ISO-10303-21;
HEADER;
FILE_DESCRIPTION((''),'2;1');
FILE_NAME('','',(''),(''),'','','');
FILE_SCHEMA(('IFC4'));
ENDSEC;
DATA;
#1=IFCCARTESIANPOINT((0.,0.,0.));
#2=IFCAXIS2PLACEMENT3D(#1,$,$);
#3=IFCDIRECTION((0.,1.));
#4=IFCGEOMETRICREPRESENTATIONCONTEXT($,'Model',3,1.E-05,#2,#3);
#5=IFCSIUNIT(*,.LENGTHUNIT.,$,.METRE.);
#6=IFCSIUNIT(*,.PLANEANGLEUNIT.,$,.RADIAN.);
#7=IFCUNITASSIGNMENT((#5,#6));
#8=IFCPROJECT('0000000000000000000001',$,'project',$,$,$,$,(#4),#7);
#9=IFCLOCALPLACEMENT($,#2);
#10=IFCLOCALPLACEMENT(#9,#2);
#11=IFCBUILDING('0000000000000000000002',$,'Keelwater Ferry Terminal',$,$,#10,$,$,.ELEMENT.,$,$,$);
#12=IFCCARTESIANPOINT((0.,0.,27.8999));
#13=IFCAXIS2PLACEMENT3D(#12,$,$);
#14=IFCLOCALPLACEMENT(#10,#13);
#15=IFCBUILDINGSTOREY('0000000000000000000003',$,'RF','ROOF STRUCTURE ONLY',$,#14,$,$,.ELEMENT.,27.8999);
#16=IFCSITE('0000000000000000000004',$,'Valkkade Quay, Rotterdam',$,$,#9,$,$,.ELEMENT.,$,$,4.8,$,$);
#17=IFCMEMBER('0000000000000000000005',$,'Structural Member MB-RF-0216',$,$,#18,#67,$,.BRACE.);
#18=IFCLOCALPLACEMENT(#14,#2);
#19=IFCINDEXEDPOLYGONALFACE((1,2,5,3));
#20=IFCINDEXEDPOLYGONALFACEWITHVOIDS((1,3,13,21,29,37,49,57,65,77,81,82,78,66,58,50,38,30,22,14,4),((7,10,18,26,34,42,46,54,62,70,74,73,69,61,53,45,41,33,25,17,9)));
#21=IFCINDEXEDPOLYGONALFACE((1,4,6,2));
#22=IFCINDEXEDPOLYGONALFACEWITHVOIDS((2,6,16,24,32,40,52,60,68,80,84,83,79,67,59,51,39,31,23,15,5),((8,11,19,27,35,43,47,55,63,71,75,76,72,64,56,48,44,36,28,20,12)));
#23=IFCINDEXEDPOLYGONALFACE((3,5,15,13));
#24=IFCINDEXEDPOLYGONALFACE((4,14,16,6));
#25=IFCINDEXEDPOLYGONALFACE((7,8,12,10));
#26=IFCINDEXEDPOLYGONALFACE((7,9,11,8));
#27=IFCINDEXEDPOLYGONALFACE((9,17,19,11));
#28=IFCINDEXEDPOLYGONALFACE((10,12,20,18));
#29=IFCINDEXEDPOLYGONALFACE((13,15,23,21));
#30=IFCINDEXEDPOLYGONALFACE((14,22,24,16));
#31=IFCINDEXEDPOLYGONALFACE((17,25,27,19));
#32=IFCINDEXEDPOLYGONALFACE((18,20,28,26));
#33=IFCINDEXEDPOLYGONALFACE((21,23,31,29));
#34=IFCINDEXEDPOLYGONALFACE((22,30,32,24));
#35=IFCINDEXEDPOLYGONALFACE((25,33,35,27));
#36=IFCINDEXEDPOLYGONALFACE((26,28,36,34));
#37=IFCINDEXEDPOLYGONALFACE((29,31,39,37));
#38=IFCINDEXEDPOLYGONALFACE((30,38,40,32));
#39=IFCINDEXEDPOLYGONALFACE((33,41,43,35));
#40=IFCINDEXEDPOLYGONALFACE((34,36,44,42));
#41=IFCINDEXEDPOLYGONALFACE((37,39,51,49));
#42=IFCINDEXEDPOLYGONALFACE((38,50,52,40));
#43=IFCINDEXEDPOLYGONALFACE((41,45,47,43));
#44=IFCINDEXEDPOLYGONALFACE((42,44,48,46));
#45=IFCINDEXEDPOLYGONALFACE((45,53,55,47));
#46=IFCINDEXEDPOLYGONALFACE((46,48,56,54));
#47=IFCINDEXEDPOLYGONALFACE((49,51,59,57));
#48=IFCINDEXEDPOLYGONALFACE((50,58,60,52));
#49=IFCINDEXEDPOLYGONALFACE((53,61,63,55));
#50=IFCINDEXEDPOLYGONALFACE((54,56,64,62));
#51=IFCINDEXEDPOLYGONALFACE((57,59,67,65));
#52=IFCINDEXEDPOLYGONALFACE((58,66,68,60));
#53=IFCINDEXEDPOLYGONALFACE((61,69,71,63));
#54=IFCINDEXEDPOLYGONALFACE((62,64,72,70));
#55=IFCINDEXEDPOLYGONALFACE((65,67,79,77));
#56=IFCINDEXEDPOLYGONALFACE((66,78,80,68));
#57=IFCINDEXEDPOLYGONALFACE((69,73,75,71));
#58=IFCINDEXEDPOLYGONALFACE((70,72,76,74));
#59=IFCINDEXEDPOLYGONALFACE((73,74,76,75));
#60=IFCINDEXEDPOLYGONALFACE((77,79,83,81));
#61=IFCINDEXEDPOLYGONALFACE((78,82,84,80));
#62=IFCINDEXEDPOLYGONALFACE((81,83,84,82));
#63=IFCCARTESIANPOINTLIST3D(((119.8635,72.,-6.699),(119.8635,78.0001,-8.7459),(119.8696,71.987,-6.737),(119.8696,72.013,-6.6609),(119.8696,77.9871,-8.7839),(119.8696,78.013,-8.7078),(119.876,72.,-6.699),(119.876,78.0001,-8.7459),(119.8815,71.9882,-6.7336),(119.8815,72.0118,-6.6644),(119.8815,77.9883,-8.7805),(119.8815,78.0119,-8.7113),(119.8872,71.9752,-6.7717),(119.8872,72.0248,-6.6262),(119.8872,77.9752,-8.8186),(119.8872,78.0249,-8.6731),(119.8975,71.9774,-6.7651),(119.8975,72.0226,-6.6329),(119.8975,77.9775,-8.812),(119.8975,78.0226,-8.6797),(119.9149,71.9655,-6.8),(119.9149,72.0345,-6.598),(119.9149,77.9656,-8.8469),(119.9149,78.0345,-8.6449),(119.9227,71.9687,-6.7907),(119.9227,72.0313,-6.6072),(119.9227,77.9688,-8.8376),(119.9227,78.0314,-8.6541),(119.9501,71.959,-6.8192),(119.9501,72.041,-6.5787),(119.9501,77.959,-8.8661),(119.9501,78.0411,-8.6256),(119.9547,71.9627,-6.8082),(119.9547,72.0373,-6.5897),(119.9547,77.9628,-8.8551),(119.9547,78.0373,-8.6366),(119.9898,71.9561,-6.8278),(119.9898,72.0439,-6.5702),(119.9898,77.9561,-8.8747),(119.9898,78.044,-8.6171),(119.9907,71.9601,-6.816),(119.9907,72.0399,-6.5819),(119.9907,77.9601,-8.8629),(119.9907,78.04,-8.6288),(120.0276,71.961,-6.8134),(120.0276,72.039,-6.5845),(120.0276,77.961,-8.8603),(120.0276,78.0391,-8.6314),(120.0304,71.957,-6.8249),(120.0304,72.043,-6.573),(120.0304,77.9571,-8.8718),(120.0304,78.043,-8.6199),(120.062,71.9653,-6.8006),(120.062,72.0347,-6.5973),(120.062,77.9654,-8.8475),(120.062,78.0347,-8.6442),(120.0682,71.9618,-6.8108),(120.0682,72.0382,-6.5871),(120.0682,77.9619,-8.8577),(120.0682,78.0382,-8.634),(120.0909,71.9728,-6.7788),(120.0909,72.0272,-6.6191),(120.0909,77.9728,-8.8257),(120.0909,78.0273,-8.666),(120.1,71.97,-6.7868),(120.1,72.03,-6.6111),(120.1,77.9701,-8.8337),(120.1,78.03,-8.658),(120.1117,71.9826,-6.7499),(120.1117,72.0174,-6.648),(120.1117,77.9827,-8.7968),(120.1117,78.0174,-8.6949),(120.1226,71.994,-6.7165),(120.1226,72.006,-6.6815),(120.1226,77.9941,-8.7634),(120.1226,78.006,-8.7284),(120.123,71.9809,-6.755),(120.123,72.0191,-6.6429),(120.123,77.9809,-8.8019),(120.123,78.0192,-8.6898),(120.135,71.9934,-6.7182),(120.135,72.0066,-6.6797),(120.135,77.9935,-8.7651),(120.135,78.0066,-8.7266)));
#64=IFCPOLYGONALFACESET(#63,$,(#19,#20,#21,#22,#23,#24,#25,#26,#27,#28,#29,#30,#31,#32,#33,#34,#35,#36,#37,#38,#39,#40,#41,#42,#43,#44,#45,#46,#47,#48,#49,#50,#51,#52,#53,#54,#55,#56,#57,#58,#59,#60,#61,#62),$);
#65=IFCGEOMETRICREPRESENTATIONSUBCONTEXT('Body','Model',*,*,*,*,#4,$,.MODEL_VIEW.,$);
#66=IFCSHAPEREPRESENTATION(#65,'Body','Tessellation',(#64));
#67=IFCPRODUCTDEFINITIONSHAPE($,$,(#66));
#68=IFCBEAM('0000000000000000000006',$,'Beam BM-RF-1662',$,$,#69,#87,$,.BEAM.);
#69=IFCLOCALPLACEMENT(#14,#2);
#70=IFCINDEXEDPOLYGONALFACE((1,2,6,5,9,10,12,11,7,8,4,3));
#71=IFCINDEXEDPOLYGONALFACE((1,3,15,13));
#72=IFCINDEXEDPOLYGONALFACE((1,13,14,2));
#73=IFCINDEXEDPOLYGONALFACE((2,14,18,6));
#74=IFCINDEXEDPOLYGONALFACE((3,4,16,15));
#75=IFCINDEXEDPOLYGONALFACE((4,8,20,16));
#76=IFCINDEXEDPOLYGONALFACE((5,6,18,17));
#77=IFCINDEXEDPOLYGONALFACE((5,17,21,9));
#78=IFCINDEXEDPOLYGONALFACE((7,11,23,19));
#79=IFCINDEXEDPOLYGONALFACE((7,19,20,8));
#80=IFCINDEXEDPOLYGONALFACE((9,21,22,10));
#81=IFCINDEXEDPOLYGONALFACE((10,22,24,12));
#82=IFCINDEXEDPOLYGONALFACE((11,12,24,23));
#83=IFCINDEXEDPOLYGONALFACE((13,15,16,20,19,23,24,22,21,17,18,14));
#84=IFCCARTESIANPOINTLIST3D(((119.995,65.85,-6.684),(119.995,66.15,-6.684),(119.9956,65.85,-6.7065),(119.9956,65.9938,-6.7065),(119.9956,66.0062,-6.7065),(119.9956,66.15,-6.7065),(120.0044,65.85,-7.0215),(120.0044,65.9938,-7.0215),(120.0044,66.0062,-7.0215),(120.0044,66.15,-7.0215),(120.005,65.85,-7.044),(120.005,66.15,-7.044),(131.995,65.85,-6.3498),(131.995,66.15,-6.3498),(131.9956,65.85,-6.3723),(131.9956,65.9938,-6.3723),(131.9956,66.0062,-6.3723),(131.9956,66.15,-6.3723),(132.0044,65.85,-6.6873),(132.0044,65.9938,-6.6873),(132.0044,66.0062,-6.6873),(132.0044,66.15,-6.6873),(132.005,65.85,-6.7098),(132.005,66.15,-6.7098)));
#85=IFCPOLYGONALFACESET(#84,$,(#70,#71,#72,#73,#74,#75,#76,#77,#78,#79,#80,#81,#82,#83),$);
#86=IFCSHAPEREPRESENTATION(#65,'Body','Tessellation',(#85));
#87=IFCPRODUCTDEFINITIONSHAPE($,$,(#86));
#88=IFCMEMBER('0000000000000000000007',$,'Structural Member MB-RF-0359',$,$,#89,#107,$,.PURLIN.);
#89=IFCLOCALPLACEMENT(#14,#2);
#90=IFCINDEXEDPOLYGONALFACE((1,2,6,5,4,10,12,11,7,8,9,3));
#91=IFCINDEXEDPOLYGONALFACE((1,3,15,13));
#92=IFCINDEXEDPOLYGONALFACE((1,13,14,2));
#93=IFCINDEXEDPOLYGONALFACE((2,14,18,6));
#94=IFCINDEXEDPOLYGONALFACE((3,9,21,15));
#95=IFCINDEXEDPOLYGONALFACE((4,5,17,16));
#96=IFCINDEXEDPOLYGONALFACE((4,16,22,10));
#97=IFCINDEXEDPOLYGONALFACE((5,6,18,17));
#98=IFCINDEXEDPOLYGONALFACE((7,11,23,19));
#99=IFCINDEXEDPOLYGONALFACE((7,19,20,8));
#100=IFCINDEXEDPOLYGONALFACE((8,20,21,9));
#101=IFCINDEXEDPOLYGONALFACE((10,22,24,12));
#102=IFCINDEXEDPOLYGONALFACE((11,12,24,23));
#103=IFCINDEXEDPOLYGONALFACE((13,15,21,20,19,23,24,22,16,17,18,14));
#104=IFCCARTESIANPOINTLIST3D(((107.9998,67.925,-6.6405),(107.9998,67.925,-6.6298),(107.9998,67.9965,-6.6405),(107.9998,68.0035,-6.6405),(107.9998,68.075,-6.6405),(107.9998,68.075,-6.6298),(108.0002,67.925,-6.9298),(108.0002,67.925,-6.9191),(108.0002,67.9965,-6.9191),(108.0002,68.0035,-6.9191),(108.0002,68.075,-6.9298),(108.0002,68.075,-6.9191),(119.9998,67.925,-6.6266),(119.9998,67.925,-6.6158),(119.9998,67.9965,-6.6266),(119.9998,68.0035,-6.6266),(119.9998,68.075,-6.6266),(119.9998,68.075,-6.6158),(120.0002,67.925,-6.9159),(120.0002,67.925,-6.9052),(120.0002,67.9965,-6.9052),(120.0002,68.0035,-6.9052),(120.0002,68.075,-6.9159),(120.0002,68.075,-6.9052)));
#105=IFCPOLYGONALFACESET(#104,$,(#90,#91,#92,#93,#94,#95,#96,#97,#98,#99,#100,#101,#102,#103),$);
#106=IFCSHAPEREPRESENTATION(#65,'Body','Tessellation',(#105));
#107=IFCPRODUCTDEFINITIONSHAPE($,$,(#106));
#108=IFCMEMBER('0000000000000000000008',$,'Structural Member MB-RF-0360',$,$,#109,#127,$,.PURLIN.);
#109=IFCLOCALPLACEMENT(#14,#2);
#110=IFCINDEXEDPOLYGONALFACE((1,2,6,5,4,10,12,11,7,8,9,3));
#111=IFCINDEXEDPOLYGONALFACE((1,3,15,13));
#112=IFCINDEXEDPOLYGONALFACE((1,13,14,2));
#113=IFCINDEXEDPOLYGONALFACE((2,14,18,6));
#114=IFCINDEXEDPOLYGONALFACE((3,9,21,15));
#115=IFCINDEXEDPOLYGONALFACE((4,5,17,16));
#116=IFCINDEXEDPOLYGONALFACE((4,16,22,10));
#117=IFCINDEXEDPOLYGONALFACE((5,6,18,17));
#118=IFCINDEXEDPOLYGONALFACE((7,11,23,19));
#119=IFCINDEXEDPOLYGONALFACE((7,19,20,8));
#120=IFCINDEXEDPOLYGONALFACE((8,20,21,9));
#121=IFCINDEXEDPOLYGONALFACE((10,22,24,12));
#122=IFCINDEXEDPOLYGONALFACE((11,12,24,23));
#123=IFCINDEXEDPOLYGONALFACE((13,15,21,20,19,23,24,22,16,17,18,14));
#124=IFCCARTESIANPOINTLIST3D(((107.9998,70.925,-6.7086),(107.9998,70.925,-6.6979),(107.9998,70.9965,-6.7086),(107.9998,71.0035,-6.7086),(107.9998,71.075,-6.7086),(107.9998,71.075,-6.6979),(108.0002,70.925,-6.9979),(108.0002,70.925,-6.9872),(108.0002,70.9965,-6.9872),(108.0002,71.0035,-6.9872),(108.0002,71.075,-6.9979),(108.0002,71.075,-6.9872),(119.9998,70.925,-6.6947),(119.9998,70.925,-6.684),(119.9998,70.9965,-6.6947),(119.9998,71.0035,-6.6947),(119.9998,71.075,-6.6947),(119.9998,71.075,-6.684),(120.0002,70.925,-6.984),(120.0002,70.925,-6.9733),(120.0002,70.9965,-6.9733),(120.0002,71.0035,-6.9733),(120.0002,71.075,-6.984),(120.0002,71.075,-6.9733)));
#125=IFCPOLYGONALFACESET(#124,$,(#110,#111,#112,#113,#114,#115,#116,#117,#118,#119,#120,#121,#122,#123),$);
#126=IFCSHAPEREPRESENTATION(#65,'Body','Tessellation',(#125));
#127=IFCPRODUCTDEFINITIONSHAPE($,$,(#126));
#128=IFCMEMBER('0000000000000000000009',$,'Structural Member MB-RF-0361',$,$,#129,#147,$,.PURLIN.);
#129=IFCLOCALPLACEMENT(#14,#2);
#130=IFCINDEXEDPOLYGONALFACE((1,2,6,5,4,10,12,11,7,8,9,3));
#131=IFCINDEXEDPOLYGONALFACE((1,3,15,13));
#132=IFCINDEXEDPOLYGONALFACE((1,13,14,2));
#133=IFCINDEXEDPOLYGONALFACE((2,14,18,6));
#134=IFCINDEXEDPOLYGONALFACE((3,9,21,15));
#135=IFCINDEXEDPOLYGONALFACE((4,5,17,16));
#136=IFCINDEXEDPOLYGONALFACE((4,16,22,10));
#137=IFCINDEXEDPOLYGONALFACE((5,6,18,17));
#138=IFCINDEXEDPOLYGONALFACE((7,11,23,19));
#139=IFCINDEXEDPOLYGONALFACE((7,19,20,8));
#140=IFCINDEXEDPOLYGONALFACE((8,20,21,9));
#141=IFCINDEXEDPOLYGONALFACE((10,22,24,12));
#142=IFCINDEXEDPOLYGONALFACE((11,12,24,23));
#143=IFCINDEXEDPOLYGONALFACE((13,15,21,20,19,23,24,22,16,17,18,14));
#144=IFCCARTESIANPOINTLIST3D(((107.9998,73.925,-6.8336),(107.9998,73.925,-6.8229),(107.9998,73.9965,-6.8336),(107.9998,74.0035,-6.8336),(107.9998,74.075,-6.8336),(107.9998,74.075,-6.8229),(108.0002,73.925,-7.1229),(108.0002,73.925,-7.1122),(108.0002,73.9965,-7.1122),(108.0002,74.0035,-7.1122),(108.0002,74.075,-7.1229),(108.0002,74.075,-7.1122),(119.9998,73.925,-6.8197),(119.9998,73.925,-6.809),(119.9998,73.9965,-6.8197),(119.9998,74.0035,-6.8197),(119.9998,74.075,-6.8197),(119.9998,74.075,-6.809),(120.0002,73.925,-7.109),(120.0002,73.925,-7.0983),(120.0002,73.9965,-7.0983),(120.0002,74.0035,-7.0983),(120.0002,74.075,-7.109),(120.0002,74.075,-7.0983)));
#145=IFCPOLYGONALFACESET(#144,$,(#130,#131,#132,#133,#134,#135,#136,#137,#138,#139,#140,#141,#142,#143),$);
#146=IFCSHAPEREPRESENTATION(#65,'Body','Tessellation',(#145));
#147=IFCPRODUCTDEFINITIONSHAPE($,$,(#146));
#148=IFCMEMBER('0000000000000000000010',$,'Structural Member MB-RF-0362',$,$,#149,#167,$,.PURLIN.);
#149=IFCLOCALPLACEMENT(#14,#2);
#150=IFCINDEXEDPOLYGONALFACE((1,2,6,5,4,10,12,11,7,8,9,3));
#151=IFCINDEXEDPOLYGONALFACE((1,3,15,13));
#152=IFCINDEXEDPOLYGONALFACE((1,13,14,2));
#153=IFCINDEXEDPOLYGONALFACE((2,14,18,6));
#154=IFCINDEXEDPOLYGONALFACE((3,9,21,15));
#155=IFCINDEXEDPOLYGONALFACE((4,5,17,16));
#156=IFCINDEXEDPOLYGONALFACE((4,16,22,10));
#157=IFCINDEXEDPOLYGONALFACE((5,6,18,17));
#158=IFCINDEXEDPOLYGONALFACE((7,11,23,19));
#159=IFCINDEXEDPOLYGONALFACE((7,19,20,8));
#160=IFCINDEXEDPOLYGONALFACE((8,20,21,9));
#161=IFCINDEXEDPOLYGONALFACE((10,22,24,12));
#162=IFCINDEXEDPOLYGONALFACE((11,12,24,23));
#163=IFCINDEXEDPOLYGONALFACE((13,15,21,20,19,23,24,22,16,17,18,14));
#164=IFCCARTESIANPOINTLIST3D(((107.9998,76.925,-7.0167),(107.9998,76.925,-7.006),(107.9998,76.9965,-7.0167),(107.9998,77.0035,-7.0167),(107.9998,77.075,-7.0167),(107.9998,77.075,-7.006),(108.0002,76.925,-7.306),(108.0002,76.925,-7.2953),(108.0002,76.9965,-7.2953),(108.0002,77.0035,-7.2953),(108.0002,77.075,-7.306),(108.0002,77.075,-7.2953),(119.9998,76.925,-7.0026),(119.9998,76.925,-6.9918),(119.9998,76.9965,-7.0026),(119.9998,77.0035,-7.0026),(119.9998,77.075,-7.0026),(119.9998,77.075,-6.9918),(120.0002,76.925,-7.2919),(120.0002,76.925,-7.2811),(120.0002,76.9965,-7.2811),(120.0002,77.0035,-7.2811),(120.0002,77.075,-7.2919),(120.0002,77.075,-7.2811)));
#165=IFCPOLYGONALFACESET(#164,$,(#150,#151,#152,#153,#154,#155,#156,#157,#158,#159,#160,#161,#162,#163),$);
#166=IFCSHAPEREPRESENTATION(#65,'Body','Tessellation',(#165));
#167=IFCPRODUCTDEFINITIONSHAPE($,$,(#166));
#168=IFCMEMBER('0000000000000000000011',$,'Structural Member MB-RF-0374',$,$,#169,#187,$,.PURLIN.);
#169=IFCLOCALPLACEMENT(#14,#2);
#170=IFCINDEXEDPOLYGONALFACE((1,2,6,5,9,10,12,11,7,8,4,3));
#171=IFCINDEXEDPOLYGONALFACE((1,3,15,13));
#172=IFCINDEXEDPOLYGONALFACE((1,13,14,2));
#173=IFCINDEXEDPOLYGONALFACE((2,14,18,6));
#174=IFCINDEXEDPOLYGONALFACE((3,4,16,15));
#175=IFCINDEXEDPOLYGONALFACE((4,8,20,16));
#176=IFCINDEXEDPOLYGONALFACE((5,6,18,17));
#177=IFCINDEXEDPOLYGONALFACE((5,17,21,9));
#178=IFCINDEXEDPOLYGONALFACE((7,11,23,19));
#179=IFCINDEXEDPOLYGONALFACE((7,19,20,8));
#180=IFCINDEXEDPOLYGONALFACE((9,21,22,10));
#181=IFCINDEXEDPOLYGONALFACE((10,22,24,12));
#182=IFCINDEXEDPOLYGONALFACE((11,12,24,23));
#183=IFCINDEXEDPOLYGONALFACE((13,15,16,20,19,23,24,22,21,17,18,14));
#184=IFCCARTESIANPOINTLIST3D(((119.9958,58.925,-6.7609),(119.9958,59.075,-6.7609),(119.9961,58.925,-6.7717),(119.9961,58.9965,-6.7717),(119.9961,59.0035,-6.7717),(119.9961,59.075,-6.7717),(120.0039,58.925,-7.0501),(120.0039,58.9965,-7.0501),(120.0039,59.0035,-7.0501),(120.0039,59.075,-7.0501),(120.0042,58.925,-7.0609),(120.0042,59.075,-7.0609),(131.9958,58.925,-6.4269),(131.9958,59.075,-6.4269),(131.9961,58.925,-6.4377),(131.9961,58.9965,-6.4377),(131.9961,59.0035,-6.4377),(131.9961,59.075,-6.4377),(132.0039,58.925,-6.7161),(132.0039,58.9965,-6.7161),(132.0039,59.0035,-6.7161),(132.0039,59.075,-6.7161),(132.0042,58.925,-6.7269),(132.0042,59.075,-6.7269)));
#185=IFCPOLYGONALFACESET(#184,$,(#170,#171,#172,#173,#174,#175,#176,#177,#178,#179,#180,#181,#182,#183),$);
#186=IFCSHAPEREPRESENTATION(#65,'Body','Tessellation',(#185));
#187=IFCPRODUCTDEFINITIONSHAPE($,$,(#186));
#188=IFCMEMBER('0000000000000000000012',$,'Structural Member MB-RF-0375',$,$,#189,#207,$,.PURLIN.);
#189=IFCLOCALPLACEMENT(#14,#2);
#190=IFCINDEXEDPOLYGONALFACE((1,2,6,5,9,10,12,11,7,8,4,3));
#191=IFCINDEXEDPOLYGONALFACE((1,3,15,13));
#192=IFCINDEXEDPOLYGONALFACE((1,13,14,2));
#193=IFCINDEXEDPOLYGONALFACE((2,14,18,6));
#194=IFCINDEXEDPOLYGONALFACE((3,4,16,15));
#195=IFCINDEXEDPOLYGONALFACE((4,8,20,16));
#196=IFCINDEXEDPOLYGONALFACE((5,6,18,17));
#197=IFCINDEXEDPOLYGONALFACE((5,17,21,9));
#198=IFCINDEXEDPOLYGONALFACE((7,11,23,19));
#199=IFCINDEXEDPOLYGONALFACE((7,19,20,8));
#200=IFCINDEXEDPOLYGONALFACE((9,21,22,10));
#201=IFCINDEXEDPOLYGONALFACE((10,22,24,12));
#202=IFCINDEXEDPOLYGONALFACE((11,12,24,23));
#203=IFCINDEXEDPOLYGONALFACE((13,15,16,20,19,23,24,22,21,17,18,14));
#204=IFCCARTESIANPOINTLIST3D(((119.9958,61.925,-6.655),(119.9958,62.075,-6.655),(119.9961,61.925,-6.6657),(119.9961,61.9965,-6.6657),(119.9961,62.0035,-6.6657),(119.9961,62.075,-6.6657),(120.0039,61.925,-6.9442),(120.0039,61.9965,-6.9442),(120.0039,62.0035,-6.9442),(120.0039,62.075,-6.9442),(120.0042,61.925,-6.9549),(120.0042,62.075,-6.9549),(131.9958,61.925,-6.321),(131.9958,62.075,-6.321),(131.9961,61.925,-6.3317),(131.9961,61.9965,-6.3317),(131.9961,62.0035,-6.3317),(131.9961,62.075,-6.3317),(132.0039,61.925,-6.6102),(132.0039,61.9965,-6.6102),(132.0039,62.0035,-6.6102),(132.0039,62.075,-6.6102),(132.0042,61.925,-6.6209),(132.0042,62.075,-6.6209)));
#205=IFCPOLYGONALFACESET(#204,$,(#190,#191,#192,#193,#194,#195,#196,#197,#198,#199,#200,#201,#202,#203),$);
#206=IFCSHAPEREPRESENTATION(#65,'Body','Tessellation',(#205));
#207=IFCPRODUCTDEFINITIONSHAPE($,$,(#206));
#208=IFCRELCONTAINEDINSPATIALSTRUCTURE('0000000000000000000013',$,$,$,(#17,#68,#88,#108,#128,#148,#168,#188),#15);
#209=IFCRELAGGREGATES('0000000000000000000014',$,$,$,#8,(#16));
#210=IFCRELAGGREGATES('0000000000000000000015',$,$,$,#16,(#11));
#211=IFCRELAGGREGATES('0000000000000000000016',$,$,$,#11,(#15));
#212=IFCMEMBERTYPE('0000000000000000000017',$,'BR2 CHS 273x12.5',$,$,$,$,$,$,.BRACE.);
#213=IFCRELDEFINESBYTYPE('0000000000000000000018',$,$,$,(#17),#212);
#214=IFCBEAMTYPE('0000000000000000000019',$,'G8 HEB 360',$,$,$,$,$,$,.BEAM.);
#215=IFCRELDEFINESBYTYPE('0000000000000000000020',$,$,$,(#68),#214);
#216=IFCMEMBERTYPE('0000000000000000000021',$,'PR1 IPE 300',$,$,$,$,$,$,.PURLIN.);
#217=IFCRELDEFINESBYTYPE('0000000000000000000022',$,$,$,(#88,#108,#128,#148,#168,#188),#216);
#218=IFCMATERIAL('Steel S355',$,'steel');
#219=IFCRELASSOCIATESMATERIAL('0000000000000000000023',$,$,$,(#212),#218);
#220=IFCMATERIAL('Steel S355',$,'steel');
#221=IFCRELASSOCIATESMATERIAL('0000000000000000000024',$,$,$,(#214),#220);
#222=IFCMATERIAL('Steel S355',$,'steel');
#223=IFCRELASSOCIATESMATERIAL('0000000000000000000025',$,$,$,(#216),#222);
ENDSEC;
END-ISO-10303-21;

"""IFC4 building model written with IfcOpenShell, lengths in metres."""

from ifc_helpers import new_model, si_unit, direction, frame, origin, origin_2d, place, context, subcontext, project, spatial, hollow_circle, i_section, extrude, material, material_profile, profile_set, type_object, element, save


model = new_model("IFC4")

# Units and contexts
model_context = context("Model", 3, precision=1e-05, world=origin(), true_north=direction((0.0, 1.0)))
body_context = subcontext(model_context, "Body", "Model", "MODEL_VIEW")
ifc_project = project(units=[si_unit("LENGTHUNIT", "METRE"), si_unit("PLANEANGLEUNIT", "RADIAN")], contexts=[model_context])

# Site, building, storey
site_placement = place(None, origin())
site = spatial("IfcSite", under=ifc_project, at=site_placement, Name="Valkkade Quay, Rotterdam", CompositionType="ELEMENT", RefElevation=4.8)
building_placement = place(site_placement, origin())
building = spatial("IfcBuilding", under=site, at=building_placement, Name="Keelwater Ferry Terminal", CompositionType="ELEMENT")
storey_placement = place(building_placement, frame((0.0, 0.0, 27.8999)))
storey = spatial("IfcBuildingStorey", under=building, at=storey_placement, Name="RF", Description="ROOF STRUCTURE ONLY", CompositionType="ELEMENT", Elevation=27.8999)

# Member
ifc_material_1 = material(Name="Steel S355", Category="steel")
ifc_material_profile_1 = material_profile(ifc_material_1, hollow_circle(Radius=0.1365, WallThickness=0.0125, at=origin_2d()), Name="CHS 273x12.5")
ifc_profile_set_1 = profile_set([ifc_material_profile_1], Name="Steel S355")
member_type_1 = type_object("IfcMemberType", Name="BR2 CHS 273x12.5", PredefinedType="BRACE", material=ifc_profile_set_1)
member_1_placement = place(storey_placement, frame((120.0, 72.0, -6.699), z_axis=(0.0, 0.946442, -0.322875), x_axis=(-1.0, 0.0, 0.0)))
element("IfcMember", 1, at=member_1_placement, inside=storey, type_object=member_type_1, Name="Structural Member MB-RF-0216", PredefinedType="BRACE", context=body_context, shape_type="SweptSolid", body=[
    extrude(hollow_circle(Radius=0.1365, WallThickness=0.0125, at=origin_2d()), origin(), (0.0, 0.0, 1.0), 6.3396),
])

# Beam
ifc_material_2 = material(Name="Steel S355", Category="steel")
ifc_material_profile_2 = material_profile(ifc_material_2, i_section(OverallWidth=0.3, OverallDepth=0.3601, WebThickness=0.0125, FlangeThickness=0.0225, at=origin_2d()), Name="HEB 360")
ifc_profile_set_2 = profile_set([ifc_material_profile_2], Name="Steel S355")
beam_type = type_object("IfcBeamType", Name="G8 HEB 360", PredefinedType="BEAM", material=ifc_profile_set_2)
beam_placement = place(storey_placement, frame((120.0, 66.0, -6.864), z_axis=(0.999612, 0.0, 0.027842), x_axis=(0.0, 1.0, 0.0)))
element("IfcBeam", 2, at=beam_placement, inside=storey, type_object=beam_type, Name="Beam BM-RF-1662", PredefinedType="BEAM", context=body_context, shape_type="SweptSolid", body=[
    extrude(i_section(OverallWidth=0.3, OverallDepth=0.3601, WebThickness=0.0125, FlangeThickness=0.0225, at=origin_2d()), origin(), (0.0, 0.0, 1.0), 12.0046),
])

# Members
ifc_material_3 = material(Name="Steel S355", Category="steel")
ifc_material_profile_3 = material_profile(ifc_material_3, i_section(OverallWidth=0.1499, OverallDepth=0.3, WebThickness=0.0071, FlangeThickness=0.0107, at=origin_2d()), Name="IPE 300")
ifc_profile_set_3 = profile_set([ifc_material_profile_3], Name="Steel S355")
member_type_2 = type_object("IfcMemberType", Name="PR1 IPE 300", PredefinedType="PURLIN", material=ifc_profile_set_3)
for number, where, z_axis, x_axis, name in (
    (3, (108.0, 68.0, -6.7798), (0.999999, 0.0, 0.00116), (0.0, 1.0, 0.0), "Structural Member MB-RF-0359"),
    (4, (108.0, 71.0, -6.8479), (0.999999, 0.0, 0.00116), (0.0, 1.0, 0.0), "Structural Member MB-RF-0360"),
    (5, (108.0, 74.0, -6.9729), (0.999999, 0.0, 0.00116), (0.0, 1.0, 0.0), "Structural Member MB-RF-0361"),
    (6, (108.0, 77.0, -7.156), (0.999999, 0.0, 0.00118), (0.0, 1.0, 0.0), "Structural Member MB-RF-0362"),
):
    element("IfcMember", number, at=place(storey_placement, frame(where, z_axis=z_axis, x_axis=x_axis)), inside=storey, type_object=member_type_2, Name=name, PredefinedType="PURLIN", context=body_context, shape_type="SweptSolid", body=[
        extrude(i_section(OverallWidth=0.1499, OverallDepth=0.3, WebThickness=0.0071, FlangeThickness=0.0107, at=origin_2d()), origin(), (0.0, 0.0, 1.0), 12.0),
    ])
for number, where, z_axis, x_axis, name in (
    (7, (120.0, 59.0, -6.9109), (0.999613, 0.0, 0.027821), (0.0, 1.0, 0.0), "Structural Member MB-RF-0374"),
    (8, (120.0, 62.0, -6.8049), (0.999613, 0.0, 0.027821), (0.0, 1.0, 0.0), "Structural Member MB-RF-0375"),
):
    element("IfcMember", number, at=place(storey_placement, frame(where, z_axis=z_axis, x_axis=x_axis)), inside=storey, type_object=member_type_2, Name=name, PredefinedType="PURLIN", context=body_context, shape_type="SweptSolid", body=[
        extrude(i_section(OverallWidth=0.1499, OverallDepth=0.3, WebThickness=0.0071, FlangeThickness=0.0107, at=origin_2d()), origin(), (0.0, 0.0, 1.0), 12.0046),
    ])

save(model, "model.ifc")
